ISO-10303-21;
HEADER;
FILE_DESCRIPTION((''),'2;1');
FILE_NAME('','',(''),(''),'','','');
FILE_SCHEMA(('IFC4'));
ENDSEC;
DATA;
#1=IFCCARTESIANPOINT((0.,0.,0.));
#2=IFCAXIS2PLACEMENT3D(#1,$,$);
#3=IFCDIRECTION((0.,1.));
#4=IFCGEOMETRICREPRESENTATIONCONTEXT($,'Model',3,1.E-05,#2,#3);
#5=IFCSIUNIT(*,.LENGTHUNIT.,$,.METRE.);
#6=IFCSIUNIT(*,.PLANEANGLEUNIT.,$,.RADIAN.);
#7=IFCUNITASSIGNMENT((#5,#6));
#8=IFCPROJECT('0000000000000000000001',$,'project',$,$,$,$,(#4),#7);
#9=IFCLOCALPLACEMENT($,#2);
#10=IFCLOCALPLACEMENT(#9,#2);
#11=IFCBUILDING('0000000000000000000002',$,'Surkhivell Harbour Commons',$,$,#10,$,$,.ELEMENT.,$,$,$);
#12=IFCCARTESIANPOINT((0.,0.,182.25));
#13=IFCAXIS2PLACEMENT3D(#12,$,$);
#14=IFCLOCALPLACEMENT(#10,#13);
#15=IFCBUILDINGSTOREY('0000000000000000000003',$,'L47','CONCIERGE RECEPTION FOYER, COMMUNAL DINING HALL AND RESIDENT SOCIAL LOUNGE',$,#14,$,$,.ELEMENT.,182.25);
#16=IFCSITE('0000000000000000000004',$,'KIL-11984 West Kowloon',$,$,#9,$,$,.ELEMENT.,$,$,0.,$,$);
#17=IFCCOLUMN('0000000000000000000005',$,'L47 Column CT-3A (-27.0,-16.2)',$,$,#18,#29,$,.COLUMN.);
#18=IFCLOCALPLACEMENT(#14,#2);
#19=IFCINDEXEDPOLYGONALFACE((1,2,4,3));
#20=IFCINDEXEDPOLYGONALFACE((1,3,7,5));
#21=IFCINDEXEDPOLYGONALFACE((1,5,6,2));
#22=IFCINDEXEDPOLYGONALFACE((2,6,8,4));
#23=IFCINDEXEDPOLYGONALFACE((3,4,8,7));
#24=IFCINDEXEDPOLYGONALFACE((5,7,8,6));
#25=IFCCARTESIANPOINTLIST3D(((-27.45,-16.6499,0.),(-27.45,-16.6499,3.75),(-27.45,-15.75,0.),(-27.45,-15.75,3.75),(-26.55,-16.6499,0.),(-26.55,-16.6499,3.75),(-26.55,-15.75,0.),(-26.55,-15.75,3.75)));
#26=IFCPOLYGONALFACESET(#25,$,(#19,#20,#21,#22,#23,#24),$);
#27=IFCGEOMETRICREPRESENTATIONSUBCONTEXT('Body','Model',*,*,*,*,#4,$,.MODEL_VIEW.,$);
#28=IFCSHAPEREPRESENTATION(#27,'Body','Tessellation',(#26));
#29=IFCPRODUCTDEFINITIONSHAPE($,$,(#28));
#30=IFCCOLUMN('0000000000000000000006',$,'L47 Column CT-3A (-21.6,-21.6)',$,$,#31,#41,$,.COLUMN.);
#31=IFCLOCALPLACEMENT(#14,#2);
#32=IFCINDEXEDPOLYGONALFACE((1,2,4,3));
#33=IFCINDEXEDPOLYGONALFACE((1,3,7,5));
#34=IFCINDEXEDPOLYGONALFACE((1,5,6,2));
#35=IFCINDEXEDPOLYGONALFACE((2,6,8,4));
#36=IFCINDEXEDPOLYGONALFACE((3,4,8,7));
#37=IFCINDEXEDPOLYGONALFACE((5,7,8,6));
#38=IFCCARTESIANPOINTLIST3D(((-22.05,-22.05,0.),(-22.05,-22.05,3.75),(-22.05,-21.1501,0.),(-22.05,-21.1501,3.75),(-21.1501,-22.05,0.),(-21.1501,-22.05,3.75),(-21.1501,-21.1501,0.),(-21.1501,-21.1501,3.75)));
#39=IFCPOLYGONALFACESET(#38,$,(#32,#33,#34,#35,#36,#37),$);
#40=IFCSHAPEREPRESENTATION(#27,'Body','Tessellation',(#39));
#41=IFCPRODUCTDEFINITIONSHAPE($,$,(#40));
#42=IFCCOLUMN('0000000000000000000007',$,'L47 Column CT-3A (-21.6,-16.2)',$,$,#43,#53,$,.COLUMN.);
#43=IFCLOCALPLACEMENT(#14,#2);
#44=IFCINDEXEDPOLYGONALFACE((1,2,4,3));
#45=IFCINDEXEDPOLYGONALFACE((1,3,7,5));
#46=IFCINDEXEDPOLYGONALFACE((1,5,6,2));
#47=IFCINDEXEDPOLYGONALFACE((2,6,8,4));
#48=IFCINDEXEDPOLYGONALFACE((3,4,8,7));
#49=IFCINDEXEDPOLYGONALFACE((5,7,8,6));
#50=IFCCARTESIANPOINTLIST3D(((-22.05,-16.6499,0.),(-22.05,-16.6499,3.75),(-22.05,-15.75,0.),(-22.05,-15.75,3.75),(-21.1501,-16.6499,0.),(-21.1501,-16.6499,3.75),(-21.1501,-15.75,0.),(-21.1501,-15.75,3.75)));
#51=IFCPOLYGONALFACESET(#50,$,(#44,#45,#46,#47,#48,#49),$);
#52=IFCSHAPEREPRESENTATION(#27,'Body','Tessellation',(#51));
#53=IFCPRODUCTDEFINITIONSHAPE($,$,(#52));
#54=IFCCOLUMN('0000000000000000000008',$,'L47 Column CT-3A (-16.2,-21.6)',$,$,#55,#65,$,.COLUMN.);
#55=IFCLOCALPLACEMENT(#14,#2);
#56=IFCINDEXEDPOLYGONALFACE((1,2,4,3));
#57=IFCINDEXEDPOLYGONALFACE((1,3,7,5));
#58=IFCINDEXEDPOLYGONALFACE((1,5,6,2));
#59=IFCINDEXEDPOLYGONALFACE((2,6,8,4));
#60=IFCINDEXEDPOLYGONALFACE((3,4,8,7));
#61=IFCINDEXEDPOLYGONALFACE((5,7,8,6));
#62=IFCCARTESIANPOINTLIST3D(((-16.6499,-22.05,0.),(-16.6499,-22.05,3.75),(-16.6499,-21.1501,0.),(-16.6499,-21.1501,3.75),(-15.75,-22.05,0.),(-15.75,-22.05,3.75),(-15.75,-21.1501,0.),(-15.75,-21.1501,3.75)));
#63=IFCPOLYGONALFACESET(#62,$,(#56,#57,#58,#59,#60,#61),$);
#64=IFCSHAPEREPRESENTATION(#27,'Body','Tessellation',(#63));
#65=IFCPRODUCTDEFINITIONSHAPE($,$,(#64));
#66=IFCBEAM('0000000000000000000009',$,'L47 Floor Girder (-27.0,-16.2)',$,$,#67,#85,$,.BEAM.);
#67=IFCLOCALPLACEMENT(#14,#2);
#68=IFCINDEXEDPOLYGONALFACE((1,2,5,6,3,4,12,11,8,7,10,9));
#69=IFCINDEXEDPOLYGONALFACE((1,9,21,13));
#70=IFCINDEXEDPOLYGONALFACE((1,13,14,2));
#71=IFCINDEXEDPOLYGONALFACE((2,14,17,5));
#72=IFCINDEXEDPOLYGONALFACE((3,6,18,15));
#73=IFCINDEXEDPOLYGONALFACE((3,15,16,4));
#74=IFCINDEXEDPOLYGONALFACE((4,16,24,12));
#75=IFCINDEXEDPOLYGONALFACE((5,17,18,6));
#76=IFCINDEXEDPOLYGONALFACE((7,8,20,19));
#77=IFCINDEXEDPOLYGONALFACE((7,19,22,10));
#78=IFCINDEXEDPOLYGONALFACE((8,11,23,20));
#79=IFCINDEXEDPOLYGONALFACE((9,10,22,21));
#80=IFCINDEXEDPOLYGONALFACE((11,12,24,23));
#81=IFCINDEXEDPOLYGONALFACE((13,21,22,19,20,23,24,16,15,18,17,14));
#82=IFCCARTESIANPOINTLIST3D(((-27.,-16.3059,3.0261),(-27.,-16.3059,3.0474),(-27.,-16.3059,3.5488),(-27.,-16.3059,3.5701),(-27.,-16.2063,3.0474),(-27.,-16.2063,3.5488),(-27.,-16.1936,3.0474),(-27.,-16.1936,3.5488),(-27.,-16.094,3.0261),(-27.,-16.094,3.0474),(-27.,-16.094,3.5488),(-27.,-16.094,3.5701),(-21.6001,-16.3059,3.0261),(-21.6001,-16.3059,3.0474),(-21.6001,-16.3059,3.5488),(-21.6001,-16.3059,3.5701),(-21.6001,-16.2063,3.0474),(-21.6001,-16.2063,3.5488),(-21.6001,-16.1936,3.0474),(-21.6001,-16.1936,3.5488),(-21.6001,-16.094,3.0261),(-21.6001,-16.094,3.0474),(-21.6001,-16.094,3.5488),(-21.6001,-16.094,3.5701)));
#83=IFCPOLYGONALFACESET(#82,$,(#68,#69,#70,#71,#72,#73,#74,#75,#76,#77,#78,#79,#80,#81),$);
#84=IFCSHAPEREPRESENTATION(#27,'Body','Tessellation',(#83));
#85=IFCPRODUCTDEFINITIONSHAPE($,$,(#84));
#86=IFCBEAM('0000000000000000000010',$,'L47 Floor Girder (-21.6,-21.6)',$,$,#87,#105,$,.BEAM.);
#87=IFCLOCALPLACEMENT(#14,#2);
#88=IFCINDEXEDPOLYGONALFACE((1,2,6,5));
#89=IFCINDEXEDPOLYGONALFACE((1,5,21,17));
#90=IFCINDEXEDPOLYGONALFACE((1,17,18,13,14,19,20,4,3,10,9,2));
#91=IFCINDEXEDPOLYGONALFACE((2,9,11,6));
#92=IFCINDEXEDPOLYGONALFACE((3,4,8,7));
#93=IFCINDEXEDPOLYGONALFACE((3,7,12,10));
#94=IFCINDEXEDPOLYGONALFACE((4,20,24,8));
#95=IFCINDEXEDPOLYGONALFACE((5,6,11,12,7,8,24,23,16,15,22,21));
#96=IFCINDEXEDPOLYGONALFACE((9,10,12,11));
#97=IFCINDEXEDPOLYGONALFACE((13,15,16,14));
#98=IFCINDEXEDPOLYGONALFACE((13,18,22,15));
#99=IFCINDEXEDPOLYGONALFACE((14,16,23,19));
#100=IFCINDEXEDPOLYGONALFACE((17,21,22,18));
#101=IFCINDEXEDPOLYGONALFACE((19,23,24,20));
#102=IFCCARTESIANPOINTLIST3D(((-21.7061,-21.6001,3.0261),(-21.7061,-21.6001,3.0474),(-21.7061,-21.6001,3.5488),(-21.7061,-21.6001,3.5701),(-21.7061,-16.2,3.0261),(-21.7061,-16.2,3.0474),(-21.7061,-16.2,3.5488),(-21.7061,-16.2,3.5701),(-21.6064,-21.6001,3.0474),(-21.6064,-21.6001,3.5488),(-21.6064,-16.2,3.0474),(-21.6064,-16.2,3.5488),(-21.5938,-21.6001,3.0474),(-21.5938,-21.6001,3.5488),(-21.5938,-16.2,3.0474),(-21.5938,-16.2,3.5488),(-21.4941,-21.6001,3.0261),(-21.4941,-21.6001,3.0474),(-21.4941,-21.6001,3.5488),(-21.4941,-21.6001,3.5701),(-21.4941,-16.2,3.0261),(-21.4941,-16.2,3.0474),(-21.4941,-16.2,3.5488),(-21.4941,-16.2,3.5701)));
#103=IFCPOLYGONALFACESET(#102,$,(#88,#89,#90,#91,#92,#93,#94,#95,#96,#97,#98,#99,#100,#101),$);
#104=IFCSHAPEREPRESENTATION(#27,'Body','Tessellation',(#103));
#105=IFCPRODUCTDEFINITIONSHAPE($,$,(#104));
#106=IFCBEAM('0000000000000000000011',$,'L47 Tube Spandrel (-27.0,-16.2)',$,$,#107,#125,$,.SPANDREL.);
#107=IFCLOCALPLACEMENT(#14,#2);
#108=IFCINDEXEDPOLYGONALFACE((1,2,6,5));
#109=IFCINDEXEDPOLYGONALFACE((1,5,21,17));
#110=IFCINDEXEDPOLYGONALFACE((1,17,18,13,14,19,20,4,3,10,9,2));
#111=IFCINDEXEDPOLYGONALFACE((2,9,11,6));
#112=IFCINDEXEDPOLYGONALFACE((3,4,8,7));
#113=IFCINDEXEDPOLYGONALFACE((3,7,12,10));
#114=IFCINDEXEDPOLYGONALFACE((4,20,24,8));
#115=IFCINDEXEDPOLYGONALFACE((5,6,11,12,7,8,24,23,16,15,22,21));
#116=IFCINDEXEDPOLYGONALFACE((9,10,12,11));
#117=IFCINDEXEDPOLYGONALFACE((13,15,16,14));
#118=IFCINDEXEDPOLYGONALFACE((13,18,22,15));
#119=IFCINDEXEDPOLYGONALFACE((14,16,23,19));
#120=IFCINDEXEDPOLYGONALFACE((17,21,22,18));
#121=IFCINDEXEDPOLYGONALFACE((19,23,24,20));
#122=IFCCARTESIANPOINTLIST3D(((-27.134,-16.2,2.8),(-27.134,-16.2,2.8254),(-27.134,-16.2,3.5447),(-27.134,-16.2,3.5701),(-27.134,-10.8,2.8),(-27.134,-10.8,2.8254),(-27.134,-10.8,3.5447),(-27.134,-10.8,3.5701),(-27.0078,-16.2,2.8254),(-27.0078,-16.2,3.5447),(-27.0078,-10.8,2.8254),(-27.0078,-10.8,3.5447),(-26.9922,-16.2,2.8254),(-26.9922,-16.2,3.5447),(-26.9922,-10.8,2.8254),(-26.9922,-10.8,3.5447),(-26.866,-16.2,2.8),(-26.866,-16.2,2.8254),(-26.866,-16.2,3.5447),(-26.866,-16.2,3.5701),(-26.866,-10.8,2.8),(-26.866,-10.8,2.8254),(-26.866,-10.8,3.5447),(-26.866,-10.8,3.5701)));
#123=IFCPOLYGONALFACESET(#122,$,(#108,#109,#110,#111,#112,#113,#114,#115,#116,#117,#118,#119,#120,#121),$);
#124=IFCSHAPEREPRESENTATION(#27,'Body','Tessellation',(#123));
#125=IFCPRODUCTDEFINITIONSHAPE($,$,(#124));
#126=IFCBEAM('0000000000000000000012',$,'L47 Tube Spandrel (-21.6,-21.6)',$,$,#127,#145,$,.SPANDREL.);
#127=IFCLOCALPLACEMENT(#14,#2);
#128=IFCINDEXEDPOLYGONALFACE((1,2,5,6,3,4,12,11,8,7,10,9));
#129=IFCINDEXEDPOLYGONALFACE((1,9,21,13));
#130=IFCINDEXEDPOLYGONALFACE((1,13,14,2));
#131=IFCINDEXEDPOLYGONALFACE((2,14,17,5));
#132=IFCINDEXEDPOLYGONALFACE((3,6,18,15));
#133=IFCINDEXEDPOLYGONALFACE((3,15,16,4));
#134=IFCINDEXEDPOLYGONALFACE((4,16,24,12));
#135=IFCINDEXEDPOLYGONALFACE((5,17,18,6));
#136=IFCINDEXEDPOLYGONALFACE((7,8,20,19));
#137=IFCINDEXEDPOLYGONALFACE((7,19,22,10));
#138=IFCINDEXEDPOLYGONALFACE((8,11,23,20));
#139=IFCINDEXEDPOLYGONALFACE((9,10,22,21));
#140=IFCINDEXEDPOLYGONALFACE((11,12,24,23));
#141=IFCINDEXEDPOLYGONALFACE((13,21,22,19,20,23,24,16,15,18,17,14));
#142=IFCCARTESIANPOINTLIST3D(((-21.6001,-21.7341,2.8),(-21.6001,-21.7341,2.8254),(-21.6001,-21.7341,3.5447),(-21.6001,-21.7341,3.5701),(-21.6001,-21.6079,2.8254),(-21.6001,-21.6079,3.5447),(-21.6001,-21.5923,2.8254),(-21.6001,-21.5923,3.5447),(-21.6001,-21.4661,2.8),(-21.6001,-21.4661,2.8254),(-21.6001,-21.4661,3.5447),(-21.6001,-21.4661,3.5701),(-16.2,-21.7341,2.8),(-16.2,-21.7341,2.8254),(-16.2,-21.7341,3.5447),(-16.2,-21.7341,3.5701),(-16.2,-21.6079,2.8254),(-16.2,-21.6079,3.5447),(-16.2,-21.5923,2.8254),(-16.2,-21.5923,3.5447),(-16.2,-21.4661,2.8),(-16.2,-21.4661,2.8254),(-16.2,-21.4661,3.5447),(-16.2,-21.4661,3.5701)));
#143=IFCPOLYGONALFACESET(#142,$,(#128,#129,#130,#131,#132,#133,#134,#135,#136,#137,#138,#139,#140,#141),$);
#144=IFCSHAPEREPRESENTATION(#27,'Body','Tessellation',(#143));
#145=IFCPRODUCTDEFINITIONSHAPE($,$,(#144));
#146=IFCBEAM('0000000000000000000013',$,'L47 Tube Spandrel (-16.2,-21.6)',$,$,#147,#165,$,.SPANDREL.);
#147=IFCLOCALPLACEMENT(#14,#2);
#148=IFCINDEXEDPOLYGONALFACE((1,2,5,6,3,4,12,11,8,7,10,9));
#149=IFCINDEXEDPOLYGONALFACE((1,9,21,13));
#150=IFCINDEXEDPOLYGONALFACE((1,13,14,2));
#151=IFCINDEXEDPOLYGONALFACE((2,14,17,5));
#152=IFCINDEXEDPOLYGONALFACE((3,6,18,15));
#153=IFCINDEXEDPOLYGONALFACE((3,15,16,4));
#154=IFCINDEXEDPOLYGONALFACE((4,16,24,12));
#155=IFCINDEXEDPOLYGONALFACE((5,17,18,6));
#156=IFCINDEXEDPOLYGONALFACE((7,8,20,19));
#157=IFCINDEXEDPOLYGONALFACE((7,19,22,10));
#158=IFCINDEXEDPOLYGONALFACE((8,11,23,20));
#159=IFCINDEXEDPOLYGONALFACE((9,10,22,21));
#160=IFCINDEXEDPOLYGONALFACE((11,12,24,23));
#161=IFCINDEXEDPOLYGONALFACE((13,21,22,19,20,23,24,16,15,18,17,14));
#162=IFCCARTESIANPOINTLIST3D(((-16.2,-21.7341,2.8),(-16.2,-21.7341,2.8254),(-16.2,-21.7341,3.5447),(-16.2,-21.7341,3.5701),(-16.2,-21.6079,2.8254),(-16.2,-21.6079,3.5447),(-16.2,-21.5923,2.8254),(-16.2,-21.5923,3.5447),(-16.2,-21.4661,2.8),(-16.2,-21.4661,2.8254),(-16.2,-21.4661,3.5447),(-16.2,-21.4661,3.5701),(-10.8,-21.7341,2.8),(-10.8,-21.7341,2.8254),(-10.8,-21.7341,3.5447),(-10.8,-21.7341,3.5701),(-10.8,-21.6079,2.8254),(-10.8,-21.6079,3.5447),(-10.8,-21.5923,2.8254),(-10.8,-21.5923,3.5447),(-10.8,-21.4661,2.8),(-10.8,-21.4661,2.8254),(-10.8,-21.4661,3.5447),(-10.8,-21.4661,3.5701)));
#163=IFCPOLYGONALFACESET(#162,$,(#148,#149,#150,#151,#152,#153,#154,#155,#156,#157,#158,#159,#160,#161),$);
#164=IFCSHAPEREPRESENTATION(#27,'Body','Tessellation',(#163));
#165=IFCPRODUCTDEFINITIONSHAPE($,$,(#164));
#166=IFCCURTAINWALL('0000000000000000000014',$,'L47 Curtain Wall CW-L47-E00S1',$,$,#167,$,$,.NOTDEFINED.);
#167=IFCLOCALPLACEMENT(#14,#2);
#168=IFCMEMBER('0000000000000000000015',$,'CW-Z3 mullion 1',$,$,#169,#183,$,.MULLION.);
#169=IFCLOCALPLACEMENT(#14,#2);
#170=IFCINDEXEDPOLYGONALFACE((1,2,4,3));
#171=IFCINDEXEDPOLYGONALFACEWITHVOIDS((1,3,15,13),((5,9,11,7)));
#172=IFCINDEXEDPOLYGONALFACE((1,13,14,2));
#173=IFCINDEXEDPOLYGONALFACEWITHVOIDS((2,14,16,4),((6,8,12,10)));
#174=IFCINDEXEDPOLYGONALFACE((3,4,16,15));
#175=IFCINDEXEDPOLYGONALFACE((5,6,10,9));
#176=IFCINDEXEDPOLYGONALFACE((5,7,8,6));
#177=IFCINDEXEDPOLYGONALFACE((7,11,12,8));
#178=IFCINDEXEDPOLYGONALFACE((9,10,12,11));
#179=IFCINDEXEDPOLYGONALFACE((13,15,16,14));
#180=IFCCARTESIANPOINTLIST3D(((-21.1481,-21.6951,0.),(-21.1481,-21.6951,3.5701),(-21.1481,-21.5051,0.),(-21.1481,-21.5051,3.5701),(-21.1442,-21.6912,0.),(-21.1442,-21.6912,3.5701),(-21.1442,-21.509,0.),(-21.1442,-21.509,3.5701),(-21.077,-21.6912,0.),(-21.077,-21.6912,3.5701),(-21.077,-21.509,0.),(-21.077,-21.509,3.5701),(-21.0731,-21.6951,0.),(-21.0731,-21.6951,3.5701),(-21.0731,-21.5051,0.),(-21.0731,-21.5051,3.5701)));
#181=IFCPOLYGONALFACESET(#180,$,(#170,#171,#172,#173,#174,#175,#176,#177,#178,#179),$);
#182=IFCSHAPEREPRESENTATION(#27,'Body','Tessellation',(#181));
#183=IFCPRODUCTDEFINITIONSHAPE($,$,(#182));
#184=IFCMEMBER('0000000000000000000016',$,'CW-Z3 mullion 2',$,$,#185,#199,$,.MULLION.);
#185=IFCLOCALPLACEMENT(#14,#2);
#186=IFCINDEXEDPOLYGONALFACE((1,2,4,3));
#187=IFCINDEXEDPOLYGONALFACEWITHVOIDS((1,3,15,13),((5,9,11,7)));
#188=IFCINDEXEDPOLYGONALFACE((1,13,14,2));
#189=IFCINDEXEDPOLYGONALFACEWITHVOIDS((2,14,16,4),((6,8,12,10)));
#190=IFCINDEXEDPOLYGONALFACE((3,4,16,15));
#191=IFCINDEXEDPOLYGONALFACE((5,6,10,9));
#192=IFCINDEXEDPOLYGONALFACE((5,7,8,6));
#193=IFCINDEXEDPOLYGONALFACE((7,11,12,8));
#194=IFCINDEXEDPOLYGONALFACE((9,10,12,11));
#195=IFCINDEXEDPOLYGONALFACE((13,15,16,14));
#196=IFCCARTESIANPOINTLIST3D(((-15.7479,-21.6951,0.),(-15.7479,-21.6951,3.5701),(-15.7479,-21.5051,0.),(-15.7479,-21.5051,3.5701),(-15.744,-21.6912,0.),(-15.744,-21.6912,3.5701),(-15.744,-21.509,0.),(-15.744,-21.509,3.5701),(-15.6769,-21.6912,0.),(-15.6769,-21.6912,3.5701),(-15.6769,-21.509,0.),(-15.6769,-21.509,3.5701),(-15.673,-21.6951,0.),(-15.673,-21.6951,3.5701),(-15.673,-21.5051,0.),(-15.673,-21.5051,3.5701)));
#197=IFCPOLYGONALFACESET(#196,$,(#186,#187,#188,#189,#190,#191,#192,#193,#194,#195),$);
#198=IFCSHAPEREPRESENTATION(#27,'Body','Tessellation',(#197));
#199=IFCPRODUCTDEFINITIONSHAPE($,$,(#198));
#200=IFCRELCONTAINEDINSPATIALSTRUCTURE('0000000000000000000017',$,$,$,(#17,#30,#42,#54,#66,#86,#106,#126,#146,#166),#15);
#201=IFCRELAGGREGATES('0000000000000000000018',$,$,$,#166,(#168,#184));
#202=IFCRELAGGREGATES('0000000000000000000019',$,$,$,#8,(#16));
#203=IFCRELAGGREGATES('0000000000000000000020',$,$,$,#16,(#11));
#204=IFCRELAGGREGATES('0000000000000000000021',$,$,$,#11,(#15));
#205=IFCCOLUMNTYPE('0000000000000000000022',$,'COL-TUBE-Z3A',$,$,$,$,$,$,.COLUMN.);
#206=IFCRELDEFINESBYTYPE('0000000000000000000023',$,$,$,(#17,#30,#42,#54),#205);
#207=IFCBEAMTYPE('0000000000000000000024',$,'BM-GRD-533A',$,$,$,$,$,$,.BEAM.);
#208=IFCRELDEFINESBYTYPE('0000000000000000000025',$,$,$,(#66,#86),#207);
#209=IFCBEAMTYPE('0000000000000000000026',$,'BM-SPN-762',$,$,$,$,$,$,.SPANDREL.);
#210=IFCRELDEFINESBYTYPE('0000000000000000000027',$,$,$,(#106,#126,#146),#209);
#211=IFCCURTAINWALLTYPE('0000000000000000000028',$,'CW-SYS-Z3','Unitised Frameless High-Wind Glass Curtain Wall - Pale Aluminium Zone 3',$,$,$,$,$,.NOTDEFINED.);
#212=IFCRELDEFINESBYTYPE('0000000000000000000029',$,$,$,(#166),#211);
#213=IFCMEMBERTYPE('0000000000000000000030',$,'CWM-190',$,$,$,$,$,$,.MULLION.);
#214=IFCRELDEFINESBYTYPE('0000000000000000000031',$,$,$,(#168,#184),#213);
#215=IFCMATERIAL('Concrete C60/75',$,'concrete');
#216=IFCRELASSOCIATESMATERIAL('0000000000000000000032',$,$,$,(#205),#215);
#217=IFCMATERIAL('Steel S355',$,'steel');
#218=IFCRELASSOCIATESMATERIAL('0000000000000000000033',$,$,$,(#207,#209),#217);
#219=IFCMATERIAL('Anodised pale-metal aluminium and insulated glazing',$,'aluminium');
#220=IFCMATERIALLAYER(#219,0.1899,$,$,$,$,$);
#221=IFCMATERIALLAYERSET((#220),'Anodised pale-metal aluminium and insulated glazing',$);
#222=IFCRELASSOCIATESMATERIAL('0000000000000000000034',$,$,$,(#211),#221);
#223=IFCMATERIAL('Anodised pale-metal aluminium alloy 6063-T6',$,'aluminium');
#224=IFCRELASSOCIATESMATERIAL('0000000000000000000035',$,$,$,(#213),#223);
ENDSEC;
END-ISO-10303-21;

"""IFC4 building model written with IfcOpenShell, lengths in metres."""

from ifc_helpers import new_model, si_unit, direction, frame, origin, origin_2d, place, context, subcontext, project, spatial, rectangle, hollow_rectangle, i_section, extrude, material, layer, layer_set, material_profile, profile_set, type_object, element, aggregate, save


model = new_model("IFC4")

# Units and contexts
model_context = context("Model", 3, precision=1e-05, world=origin(), true_north=direction((0.0, 1.0)))
body_context = subcontext(model_context, "Body", "Model", "MODEL_VIEW")
ifc_project = project(units=[si_unit("LENGTHUNIT", "METRE"), si_unit("PLANEANGLEUNIT", "RADIAN")], contexts=[model_context])

# Site, building, storey
site_placement = place(None, origin())
site = spatial("IfcSite", under=ifc_project, at=site_placement, Name="KIL-11984 West Kowloon", CompositionType="ELEMENT", RefElevation=0.0)
building_placement = place(site_placement, origin())
building = spatial("IfcBuilding", under=site, at=building_placement, Name="Surkhivell Harbour Commons", CompositionType="ELEMENT")
storey_placement = place(building_placement, frame((0.0, 0.0, 182.25)))
storey = spatial("IfcBuildingStorey", under=building, at=storey_placement, Name="L47", Description="CONCIERGE RECEPTION FOYER, COMMUNAL DINING HALL AND RESIDENT SOCIAL LOUNGE", CompositionType="ELEMENT", Elevation=182.25)

# Columns
ifc_material_1 = material(Name="Concrete C60/75", Category="concrete")
ifc_material_profile_1 = material_profile(ifc_material_1, rectangle(XDim=0.8999, YDim=0.8999, at=origin_2d()), Name="RC-COL-900x900")
ifc_profile_set_1 = profile_set([ifc_material_profile_1], Name="Concrete C60/75")
column_type = type_object("IfcColumnType", Name="COL-TUBE-Z3A", PredefinedType="COLUMN", material=ifc_profile_set_1)
for number, where, z_axis, x_axis, name in (
    (1, (-27.0, -16.2, 0.0), (0.0, 0.0, 1.0), (1.0, 0.0, 0.0), "L47 Column CT-3A (-27.0,-16.2)"),
    (2, (-21.6001, -21.6001, 0.0), (0.0, 0.0, 1.0), (1.0, 0.0, 0.0), "L47 Column CT-3A (-21.6,-21.6)"),
    (3, (-21.6001, -16.2, 0.0), (0.0, 0.0, 1.0), (1.0, 0.0, 0.0), "L47 Column CT-3A (-21.6,-16.2)"),
    (4, (-16.2, -21.6001, 0.0), (0.0, 0.0, 1.0), (1.0, 0.0, 0.0), "L47 Column CT-3A (-16.2,-21.6)"),
):
    element("IfcColumn", number, at=place(storey_placement, frame(where, z_axis=z_axis, x_axis=x_axis)), inside=storey, type_object=column_type, Name=name, PredefinedType="COLUMN", context=body_context, shape_type="SweptSolid", body=[
        extrude(rectangle(XDim=0.8999, YDim=0.8999, at=origin_2d()), origin(), (0.0, 0.0, 1.0), 3.75),
    ])

# Beams
ifc_material_2 = material(Name="Steel S355", Category="steel")
ifc_material_profile_2 = material_profile(ifc_material_2, i_section(OverallWidth=0.2119, OverallDepth=0.5439, WebThickness=0.0127, FlangeThickness=0.0212, at=origin_2d()), Name="UB533x210x122")
ifc_profile_set_2 = profile_set([ifc_material_profile_2], Name="Steel S355")
beam_type_1 = type_object("IfcBeamType", Name="BM-GRD-533A", PredefinedType="BEAM", material=ifc_profile_set_2)
beam_1_placement = place(storey_placement, frame((-27.0, -16.2, 3.2981), z_axis=(1.0, 0.0, 0.0), x_axis=(0.0, 1.0, 0.0)))
element("IfcBeam", 5, at=beam_1_placement, inside=storey, type_object=beam_type_1, Name="L47 Floor Girder (-27.0,-16.2)", PredefinedType="BEAM", context=body_context, shape_type="SweptSolid", body=[
    extrude(i_section(OverallWidth=0.2119, OverallDepth=0.5439, WebThickness=0.0127, FlangeThickness=0.0212, at=origin_2d()), origin(), (0.0, 0.0, 1.0), 5.3999),
])
beam_2_placement = place(storey_placement, frame((-21.6001, -21.6001, 3.2981), z_axis=(0.0, 1.0, 0.0), x_axis=(-1.0, 0.0, 0.0)))
element("IfcBeam", 6, at=beam_2_placement, inside=storey, type_object=beam_type_1, Name="L47 Floor Girder (-21.6,-21.6)", PredefinedType="BEAM", context=body_context, shape_type="SweptSolid", body=[
    extrude(i_section(OverallWidth=0.2119, OverallDepth=0.5439, WebThickness=0.0127, FlangeThickness=0.0212, at=origin_2d()), origin(), (0.0, 0.0, 1.0), 5.4001),
])
ifc_material_profile_3 = material_profile(ifc_material_2, i_section(OverallWidth=0.2681, OverallDepth=0.77, WebThickness=0.0156, FlangeThickness=0.0254, at=origin_2d()), Name="UB762x267x197")
ifc_profile_set_3 = profile_set([ifc_material_profile_3], Name="Steel S355")
beam_type_2 = type_object("IfcBeamType", Name="BM-SPN-762", PredefinedType="SPANDREL", material=ifc_profile_set_3)
beam_3_placement = place(storey_placement, frame((-27.0, -16.2, 3.1851), z_axis=(0.0, 1.0, 0.0), x_axis=(-1.0, 0.0, 0.0)))
element("IfcBeam", 7, at=beam_3_placement, inside=storey, type_object=beam_type_2, Name="L47 Tube Spandrel (-27.0,-16.2)", PredefinedType="SPANDREL", context=body_context, shape_type="SweptSolid", body=[
    extrude(i_section(OverallWidth=0.2681, OverallDepth=0.77, WebThickness=0.0156, FlangeThickness=0.0254, at=origin_2d()), origin(), (0.0, 0.0, 1.0), 5.3999),
])
beam_4_placement = place(storey_placement, frame((-21.6001, -21.6001, 3.1851), z_axis=(1.0, 0.0, 0.0), x_axis=(0.0, 1.0, 0.0)))
element("IfcBeam", 8, at=beam_4_placement, inside=storey, type_object=beam_type_2, Name="L47 Tube Spandrel (-21.6,-21.6)", PredefinedType="SPANDREL", context=body_context, shape_type="SweptSolid", body=[
    extrude(i_section(OverallWidth=0.2681, OverallDepth=0.77, WebThickness=0.0156, FlangeThickness=0.0254, at=origin_2d()), origin(), (0.0, 0.0, 1.0), 5.4001),
])
beam_5_placement = place(storey_placement, frame((-16.2, -21.6001, 3.1851), z_axis=(1.0, 0.0, 0.0), x_axis=(0.0, 1.0, 0.0)))
element("IfcBeam", 9, at=beam_5_placement, inside=storey, type_object=beam_type_2, Name="L47 Tube Spandrel (-16.2,-21.6)", PredefinedType="SPANDREL", context=body_context, shape_type="SweptSolid", body=[
    extrude(i_section(OverallWidth=0.2681, OverallDepth=0.77, WebThickness=0.0156, FlangeThickness=0.0254, at=origin_2d()), origin(), (0.0, 0.0, 1.0), 5.3999),
])

# Curtain wall, members
ifc_material_3 = material(Name="Anodised pale-metal aluminium and insulated glazing", Category="aluminium")
ifc_layer_1 = layer(ifc_material_3, 0.1899)
ifc_layer_set_1 = layer_set([ifc_layer_1], Name="Anodised pale-metal aluminium and insulated glazing")
curtain_wall_type = type_object("IfcCurtainWallType", Name="CW-SYS-Z3", Description="Unitised Frameless High-Wind Glass Curtain Wall - Pale Aluminium Zone 3", PredefinedType="NOTDEFINED", material=ifc_layer_set_1)
curtain_wall_placement = place(storey_placement, origin())
curtain_wall = element("IfcCurtainWall", 10, at=curtain_wall_placement, inside=storey, type_object=curtain_wall_type, Name="L47 Curtain Wall CW-L47-E00S1", PredefinedType="NOTDEFINED")
ifc_material_4 = material(Name="Anodised pale-metal aluminium alloy 6063-T6", Category="aluminium")
ifc_material_profile_4 = material_profile(ifc_material_4, hollow_rectangle(XDim=0.075, YDim=0.1899, WallThickness=0.0039, at=origin_2d()), Name="ALU-MULL-75x190")
ifc_profile_set_4 = profile_set([ifc_material_profile_4], Name="Anodised pale-metal aluminium alloy 6063-T6")
member_type_1 = type_object("IfcMemberType", Name="CWM-190", PredefinedType="MULLION", material=ifc_profile_set_4)
member_1_placement = place(storey_placement, frame((-21.1106, -21.6001, 0.0), z_axis=(0.0, 0.0, 1.0), x_axis=(1.0, 0.0, 0.0)))
member_1 = element("IfcMember", 11, at=member_1_placement, type_object=member_type_1, Name="CW-Z3 mullion 1", PredefinedType="MULLION", context=body_context, shape_type="SweptSolid", body=[
    extrude(hollow_rectangle(XDim=0.075, YDim=0.1899, WallThickness=0.0039, at=origin_2d()), origin(), (0.0, 0.0, 1.0), 3.5701),
])
member_2_placement = place(storey_placement, frame((-15.7104, -21.6001, 0.0), z_axis=(0.0, 0.0, 1.0), x_axis=(1.0, 0.0, 0.0)))
member_2 = element("IfcMember", 12, at=member_2_placement, type_object=member_type_1, Name="CW-Z3 mullion 2", PredefinedType="MULLION", context=body_context, shape_type="SweptSolid", body=[
    extrude(hollow_rectangle(XDim=0.075, YDim=0.1899, WallThickness=0.0039, at=origin_2d()), origin(), (0.0, 0.0, 1.0), 3.5701),
])

aggregate(curtain_wall, [member_1, member_2])

save(model, "model.ifc")
